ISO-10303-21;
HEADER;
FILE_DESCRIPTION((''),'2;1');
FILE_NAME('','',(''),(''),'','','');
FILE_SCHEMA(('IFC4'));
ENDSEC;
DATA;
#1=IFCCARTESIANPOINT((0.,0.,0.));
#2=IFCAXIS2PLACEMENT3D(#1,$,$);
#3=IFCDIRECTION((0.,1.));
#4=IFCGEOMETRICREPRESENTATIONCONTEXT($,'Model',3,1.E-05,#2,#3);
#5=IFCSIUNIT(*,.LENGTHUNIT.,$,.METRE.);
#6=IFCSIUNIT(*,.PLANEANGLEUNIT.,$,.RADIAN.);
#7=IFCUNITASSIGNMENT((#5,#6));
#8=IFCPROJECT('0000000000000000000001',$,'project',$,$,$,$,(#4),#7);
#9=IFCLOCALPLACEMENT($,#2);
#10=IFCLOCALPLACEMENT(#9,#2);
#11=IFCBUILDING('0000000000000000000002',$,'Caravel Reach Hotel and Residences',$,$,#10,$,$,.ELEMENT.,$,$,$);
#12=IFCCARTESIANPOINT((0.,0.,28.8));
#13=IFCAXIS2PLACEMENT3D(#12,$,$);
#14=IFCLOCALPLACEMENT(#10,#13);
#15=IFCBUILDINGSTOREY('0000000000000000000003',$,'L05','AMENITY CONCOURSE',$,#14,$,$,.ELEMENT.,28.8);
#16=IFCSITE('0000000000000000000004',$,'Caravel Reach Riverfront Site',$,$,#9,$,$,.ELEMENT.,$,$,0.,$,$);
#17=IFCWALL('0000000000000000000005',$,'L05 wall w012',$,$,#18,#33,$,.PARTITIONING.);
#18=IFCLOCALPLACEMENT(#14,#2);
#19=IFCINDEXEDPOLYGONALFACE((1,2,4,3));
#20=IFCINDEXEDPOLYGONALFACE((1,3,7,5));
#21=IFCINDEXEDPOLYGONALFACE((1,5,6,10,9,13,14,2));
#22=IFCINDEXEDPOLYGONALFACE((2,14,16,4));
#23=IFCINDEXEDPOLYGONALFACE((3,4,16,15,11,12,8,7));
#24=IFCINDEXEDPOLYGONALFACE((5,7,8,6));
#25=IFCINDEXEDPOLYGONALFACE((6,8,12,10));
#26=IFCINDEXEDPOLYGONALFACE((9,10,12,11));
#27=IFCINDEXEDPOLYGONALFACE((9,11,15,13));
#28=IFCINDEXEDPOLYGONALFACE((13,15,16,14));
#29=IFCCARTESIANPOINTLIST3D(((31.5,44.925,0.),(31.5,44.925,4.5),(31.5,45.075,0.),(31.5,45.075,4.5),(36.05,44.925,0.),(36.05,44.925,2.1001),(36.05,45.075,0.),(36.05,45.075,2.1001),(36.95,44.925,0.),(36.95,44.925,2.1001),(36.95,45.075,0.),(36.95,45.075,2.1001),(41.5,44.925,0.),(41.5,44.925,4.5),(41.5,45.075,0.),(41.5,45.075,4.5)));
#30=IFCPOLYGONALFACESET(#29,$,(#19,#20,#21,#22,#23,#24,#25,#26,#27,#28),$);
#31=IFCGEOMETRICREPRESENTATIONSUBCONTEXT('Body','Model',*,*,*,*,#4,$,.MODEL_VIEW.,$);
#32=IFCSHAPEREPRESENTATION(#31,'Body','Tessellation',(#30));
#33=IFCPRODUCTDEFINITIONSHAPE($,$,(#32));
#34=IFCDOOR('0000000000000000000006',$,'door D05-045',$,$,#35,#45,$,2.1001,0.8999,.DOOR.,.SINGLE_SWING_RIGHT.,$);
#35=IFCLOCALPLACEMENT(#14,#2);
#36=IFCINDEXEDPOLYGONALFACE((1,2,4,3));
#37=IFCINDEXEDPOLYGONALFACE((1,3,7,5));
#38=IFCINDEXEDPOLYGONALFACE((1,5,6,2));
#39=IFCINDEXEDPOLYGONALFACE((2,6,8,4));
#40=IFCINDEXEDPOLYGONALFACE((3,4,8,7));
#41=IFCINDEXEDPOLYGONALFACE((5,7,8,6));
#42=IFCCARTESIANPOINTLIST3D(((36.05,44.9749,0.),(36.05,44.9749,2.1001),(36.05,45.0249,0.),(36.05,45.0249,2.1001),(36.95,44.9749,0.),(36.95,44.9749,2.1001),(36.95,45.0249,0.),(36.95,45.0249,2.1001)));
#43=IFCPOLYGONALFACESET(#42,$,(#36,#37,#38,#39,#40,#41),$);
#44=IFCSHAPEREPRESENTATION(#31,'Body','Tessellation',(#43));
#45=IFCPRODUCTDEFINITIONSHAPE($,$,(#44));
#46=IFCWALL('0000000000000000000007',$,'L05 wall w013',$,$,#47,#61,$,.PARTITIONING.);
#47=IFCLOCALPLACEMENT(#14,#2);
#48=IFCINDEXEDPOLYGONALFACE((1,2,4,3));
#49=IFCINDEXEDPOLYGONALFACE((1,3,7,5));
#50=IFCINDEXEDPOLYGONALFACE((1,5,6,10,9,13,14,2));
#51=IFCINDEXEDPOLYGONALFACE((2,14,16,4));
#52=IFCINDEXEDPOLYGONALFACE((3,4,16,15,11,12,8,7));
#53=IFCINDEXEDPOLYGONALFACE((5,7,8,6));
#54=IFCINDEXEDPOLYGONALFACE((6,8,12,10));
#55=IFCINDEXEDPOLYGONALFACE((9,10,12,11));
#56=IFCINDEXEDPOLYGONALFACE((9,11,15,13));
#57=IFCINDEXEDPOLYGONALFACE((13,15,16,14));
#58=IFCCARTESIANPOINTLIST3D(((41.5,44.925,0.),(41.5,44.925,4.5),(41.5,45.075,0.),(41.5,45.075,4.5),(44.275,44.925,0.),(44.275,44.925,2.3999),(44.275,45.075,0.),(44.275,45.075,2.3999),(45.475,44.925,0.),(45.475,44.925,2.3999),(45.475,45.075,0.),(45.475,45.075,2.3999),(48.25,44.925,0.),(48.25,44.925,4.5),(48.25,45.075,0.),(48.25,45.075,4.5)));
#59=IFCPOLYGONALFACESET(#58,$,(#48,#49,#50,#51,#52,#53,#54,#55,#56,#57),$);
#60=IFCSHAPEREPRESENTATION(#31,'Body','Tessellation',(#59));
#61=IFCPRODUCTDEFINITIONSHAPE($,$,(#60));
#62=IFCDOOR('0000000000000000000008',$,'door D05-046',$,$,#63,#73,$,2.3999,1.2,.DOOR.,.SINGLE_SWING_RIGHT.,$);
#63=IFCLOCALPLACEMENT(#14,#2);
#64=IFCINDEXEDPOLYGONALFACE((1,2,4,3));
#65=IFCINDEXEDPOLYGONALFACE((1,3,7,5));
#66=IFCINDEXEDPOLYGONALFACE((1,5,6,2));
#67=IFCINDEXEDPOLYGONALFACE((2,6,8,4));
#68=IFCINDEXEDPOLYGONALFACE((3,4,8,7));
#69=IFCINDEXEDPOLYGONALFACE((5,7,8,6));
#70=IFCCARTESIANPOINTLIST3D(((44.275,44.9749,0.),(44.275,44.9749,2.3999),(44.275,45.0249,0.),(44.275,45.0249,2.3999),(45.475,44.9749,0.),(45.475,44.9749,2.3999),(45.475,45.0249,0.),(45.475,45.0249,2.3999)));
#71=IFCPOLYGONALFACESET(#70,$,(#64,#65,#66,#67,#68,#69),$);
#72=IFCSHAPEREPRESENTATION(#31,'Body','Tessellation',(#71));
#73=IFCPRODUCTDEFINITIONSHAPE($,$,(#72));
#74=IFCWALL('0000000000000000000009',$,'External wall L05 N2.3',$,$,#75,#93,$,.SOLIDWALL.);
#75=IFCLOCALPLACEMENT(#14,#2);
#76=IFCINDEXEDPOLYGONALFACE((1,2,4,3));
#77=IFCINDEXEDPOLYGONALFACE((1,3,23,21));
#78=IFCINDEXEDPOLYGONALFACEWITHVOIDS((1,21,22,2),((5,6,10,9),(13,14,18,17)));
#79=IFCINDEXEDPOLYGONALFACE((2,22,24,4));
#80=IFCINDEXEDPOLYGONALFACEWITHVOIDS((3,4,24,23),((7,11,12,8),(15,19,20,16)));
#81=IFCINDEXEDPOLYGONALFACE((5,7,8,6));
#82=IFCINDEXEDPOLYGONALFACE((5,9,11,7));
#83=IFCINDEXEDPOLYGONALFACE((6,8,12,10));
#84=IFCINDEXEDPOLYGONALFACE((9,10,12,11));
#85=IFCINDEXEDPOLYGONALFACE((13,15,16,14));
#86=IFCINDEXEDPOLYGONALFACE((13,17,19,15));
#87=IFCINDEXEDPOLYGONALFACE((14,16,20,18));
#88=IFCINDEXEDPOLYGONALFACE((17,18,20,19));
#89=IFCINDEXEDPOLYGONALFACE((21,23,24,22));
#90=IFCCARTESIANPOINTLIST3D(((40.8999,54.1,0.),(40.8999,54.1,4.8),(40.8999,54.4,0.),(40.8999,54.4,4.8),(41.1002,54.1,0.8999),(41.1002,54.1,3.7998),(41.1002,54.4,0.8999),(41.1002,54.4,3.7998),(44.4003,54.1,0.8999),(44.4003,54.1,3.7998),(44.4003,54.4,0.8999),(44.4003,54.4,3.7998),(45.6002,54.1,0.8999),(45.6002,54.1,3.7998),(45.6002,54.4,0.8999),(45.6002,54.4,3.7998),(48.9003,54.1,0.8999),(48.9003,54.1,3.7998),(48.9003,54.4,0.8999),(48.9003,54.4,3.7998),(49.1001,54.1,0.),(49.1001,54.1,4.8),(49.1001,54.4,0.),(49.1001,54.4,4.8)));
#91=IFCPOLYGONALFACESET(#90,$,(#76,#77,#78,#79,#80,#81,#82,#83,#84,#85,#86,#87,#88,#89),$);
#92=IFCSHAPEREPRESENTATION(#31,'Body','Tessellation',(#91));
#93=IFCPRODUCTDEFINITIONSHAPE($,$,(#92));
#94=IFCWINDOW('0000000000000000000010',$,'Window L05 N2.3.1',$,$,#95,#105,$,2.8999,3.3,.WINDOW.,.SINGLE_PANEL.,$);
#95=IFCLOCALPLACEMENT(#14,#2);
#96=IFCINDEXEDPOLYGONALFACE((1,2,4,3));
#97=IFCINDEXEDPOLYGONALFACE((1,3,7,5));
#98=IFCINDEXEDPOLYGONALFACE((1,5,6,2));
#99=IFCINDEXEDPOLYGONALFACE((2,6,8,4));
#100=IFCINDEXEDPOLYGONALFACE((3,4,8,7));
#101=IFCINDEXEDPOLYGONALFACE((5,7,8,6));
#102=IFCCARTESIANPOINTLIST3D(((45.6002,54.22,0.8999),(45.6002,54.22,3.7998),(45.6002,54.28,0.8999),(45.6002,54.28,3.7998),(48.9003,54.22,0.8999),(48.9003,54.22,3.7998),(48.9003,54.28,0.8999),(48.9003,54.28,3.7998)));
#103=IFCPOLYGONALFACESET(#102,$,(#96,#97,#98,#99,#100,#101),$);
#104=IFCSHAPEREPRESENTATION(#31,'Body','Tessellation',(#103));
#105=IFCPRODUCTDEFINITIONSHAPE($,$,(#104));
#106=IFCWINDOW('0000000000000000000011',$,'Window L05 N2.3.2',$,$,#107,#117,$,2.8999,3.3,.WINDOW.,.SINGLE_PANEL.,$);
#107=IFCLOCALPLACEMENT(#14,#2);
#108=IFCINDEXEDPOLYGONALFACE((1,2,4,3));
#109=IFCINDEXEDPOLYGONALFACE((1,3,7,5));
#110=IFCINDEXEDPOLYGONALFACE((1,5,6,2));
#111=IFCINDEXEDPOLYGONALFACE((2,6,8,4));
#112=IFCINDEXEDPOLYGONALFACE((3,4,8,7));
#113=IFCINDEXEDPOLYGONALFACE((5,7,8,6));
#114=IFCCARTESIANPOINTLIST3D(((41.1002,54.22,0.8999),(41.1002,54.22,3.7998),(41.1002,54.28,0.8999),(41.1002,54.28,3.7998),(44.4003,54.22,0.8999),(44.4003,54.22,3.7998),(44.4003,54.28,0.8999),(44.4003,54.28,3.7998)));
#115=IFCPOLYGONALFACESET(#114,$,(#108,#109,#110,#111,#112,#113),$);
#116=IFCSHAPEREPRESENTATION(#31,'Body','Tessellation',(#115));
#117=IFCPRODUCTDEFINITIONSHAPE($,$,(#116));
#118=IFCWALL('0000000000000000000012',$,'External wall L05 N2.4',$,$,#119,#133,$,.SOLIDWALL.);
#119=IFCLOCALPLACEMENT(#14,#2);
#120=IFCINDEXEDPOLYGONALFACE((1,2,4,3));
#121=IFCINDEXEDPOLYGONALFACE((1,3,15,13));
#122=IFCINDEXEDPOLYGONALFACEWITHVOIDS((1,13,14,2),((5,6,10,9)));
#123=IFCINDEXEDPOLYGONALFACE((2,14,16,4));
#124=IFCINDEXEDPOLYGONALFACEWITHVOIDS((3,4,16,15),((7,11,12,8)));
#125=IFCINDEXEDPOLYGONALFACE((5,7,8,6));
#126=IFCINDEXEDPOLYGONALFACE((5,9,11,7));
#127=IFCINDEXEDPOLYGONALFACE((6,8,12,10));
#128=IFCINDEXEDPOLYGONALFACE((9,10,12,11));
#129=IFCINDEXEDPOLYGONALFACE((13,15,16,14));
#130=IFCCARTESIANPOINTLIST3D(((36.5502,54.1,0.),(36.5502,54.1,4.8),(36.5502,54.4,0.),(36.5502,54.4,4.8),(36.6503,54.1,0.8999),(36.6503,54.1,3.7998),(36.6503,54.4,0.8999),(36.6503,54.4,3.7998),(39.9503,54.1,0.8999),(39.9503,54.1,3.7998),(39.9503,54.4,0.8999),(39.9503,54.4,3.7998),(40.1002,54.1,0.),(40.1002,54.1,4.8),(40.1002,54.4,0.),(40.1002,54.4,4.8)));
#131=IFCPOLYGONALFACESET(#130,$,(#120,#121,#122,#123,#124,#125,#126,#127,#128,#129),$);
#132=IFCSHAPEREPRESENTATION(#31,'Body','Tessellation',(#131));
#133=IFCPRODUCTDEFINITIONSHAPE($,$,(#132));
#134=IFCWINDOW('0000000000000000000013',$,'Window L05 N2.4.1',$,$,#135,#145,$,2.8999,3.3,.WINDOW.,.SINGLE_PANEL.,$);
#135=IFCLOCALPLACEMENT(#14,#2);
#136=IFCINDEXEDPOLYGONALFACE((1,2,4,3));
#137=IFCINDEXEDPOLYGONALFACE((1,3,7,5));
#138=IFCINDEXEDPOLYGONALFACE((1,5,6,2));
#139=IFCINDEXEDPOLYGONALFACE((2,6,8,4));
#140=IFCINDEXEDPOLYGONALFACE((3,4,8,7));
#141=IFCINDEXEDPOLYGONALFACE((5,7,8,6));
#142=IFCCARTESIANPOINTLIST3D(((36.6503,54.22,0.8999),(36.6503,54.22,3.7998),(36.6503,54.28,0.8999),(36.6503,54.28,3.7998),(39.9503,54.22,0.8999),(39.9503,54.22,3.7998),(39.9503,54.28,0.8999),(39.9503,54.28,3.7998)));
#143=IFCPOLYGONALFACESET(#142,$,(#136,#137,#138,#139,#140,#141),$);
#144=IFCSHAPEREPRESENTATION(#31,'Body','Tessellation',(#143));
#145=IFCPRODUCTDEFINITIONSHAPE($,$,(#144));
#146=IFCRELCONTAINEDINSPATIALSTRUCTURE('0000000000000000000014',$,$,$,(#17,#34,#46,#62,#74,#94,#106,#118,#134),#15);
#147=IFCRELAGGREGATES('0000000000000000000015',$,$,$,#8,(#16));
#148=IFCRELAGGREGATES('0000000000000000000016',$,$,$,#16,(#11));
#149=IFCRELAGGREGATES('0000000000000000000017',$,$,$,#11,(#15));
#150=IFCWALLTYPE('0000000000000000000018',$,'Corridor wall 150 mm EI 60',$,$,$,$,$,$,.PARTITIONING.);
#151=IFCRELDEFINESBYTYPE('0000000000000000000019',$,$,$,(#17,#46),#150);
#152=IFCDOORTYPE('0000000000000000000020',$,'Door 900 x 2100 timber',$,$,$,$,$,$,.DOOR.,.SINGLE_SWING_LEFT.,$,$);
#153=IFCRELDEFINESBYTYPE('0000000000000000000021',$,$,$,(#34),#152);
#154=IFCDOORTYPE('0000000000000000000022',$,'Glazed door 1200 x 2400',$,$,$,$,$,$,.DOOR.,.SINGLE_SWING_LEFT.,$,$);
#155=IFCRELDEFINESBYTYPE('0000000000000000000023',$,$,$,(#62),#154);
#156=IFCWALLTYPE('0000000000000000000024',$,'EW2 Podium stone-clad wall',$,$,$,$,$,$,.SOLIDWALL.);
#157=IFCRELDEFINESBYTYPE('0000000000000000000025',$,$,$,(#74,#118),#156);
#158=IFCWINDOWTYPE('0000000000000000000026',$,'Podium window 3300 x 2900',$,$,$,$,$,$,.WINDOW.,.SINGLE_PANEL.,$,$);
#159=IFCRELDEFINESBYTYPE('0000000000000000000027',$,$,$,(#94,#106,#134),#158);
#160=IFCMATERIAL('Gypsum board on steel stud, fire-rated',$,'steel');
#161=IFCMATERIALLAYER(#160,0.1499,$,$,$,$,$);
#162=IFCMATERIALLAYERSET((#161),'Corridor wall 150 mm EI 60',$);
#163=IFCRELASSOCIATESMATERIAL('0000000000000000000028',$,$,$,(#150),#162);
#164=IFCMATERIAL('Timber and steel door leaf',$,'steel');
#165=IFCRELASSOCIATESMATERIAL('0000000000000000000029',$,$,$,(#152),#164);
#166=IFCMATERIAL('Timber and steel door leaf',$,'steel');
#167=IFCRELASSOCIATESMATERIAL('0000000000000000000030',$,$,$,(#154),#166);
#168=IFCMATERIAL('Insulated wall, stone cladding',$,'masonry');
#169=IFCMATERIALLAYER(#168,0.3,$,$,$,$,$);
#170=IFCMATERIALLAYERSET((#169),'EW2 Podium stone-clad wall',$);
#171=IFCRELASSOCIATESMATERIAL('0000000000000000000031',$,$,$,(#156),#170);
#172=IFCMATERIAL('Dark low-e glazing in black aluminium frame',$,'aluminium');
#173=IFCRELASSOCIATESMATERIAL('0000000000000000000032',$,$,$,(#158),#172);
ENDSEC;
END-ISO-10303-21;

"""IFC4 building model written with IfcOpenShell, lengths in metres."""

from ifc_helpers import new_model, si_unit, direction, frame, frame_2d, origin, place, context, subcontext, project, spatial, rectangle, extrude, material, layer, layer_set, type_object, element, fill, save


model = new_model("IFC4")

# Units and contexts
model_context = context("Model", 3, precision=1e-05, world=origin(), true_north=direction((0.0, 1.0)))
body_context = subcontext(model_context, "Body", "Model", "MODEL_VIEW")
ifc_project = project(units=[si_unit("LENGTHUNIT", "METRE"), si_unit("PLANEANGLEUNIT", "RADIAN")], contexts=[model_context])

# Site, building, storey
site_placement = place(None, origin())
site = spatial("IfcSite", under=ifc_project, at=site_placement, Name="Caravel Reach Riverfront Site", CompositionType="ELEMENT", RefElevation=0.0)
building_placement = place(site_placement, origin())
building = spatial("IfcBuilding", under=site, at=building_placement, Name="Caravel Reach Hotel and Residences", CompositionType="ELEMENT")
storey_placement = place(building_placement, frame((0.0, 0.0, 28.8)))
storey = spatial("IfcBuildingStorey", under=building, at=storey_placement, Name="L05", Description="AMENITY CONCOURSE", CompositionType="ELEMENT", Elevation=28.8)

# Walls, openings, doors
ifc_material_1 = material(Name="Gypsum board on steel stud, fire-rated", Category="steel")
ifc_layer_1 = layer(ifc_material_1, 0.1499)
ifc_layer_set_1 = layer_set([ifc_layer_1], Name="Corridor wall 150 mm EI 60")
wall_type_1 = type_object("IfcWallType", Name="Corridor wall 150 mm EI 60", PredefinedType="PARTITIONING", material=ifc_layer_set_1)
wall_1_placement = place(storey_placement, frame((31.5, 45.0, 0.0), z_axis=(0.0, 0.0, 1.0), x_axis=(1.0, 0.0, 0.0)))
wall_1 = element("IfcWall", 1, at=wall_1_placement, inside=storey, type_object=wall_type_1, Name="L05 wall w012", PredefinedType="PARTITIONING", context=body_context, shape_type="SweptSolid", body=[
    extrude(rectangle(XDim=10.0, YDim=0.1499, at=frame_2d((5.0, 0.0))), origin(), (0.0, 0.0, 1.0), 4.5),
])
opening_1_placement = place(wall_1_placement, frame((4.55, 0.0, 0.0)))
opening_1 = element("IfcOpeningElement", 2, at=opening_1_placement, cuts=wall_1, PredefinedType="OPENING", context=body_context, shape_type="SweptSolid", body=[
    extrude(rectangle(XDim=0.8999, YDim=2.1001, at=frame_2d((0.45, 1.05))), frame((0.0, 0.085, 0.0), z_axis=(0.0, -1.0, 0.0), x_axis=(1.0, 0.0, 0.0)), (0.0, 0.0, 1.0), 0.1699),
])
ifc_material_2 = material(Name="Timber and steel door leaf", Category="steel")
door_type_1 = type_object("IfcDoorType", Name="Door 900 x 2100 timber", OperationType="SINGLE_SWING_LEFT", PredefinedType="DOOR", material=ifc_material_2)
door_1_placement = place(opening_1_placement, origin())
door_1 = element("IfcDoor", 3, at=door_1_placement, inside=storey, type_object=door_type_1, Name="door D05-045", OperationType="SINGLE_SWING_RIGHT", OverallHeight=2.1001, OverallWidth=0.8999, PredefinedType="DOOR", context=body_context, shape_type="SweptSolid", body=[
    extrude(rectangle(XDim=0.8999, YDim=2.1001, at=frame_2d((0.45, 1.05))), frame((0.0, 0.0249, 0.0), z_axis=(0.0, -1.0, 0.0), x_axis=(1.0, 0.0, 0.0)), (0.0, 0.0, 1.0), 0.05),
])
fill(opening_1, door_1)
wall_2_placement = place(storey_placement, frame((41.5, 45.0, 0.0), z_axis=(0.0, 0.0, 1.0), x_axis=(1.0, 0.0, 0.0)))
wall_2 = element("IfcWall", 4, at=wall_2_placement, inside=storey, type_object=wall_type_1, Name="L05 wall w013", PredefinedType="PARTITIONING", context=body_context, shape_type="SweptSolid", body=[
    extrude(rectangle(XDim=6.75, YDim=0.1499, at=frame_2d((3.375, 0.0))), origin(), (0.0, 0.0, 1.0), 4.5),
])
opening_2_placement = place(wall_2_placement, frame((2.7749, 0.0, 0.0)))
opening_2 = element("IfcOpeningElement", 5, at=opening_2_placement, cuts=wall_2, PredefinedType="OPENING", context=body_context, shape_type="SweptSolid", body=[
    extrude(rectangle(XDim=1.2, YDim=2.3999, at=frame_2d((0.6001, 1.2))), frame((0.0, 0.085, 0.0), z_axis=(0.0, -1.0, 0.0), x_axis=(1.0, 0.0, 0.0)), (0.0, 0.0, 1.0), 0.1699),
])
ifc_material_3 = material(Name="Timber and steel door leaf", Category="steel")
door_type_2 = type_object("IfcDoorType", Name="Glazed door 1200 x 2400", OperationType="SINGLE_SWING_LEFT", PredefinedType="DOOR", material=ifc_material_3)
door_2_placement = place(opening_2_placement, origin())
door_2 = element("IfcDoor", 6, at=door_2_placement, inside=storey, type_object=door_type_2, Name="door D05-046", OperationType="SINGLE_SWING_RIGHT", OverallHeight=2.3999, OverallWidth=1.2, PredefinedType="DOOR", context=body_context, shape_type="SweptSolid", body=[
    extrude(rectangle(XDim=1.2, YDim=2.3999, at=frame_2d((0.6001, 1.2))), frame((0.0, 0.0249, 0.0), z_axis=(0.0, -1.0, 0.0), x_axis=(1.0, 0.0, 0.0)), (0.0, 0.0, 1.0), 0.05),
])
fill(opening_2, door_2)

# Wall, openings, windows
ifc_material_4 = material(Name="Insulated wall, stone cladding", Category="masonry")
ifc_layer_2 = layer(ifc_material_4, 0.3)
ifc_layer_set_2 = layer_set([ifc_layer_2], Name="EW2 Podium stone-clad wall")
wall_type_2 = type_object("IfcWallType", Name="EW2 Podium stone-clad wall", PredefinedType="SOLIDWALL", material=ifc_layer_set_2)
wall_3_placement = place(storey_placement, frame((49.1001, 54.25, 0.0), z_axis=(0.0, 0.0, 1.0), x_axis=(-1.0, 0.0, 0.0)))
wall_3 = element("IfcWall", 7, at=wall_3_placement, inside=storey, type_object=wall_type_2, Name="External wall L05 N2.3", PredefinedType="SOLIDWALL", context=body_context, shape_type="SweptSolid", body=[
    extrude(rectangle(XDim=8.2002, YDim=0.3, at=frame_2d((4.1001, 0.0))), origin(), (0.0, 0.0, 1.0), 4.8),
])
opening_3_placement = place(wall_3_placement, frame((0.2, 0.0, 0.8999)))
opening_3 = element("IfcOpeningElement", 8, at=opening_3_placement, cuts=wall_3, PredefinedType="OPENING", context=body_context, shape_type="SweptSolid", body=[
    extrude(rectangle(XDim=3.3, YDim=2.8999, at=frame_2d((1.6499, 1.45))), frame((0.0, 0.1599, 0.0), z_axis=(0.0, -1.0, 0.0), x_axis=(1.0, 0.0, 0.0)), (0.0, 0.0, 1.0), 0.3201),
])
opening_4_placement = place(wall_3_placement, frame((4.7, 0.0, 0.8999)))
opening_4 = element("IfcOpeningElement", 9, at=opening_4_placement, cuts=wall_3, PredefinedType="OPENING", context=body_context, shape_type="SweptSolid", body=[
    extrude(rectangle(XDim=3.3, YDim=2.8999, at=frame_2d((1.6499, 1.45))), frame((0.0, 0.1599, 0.0), z_axis=(0.0, -1.0, 0.0), x_axis=(1.0, 0.0, 0.0)), (0.0, 0.0, 1.0), 0.3201),
])
ifc_material_5 = material(Name="Dark low-e glazing in black aluminium frame", Category="aluminium")
window_type = type_object("IfcWindowType", Name="Podium window 3300 x 2900", PartitioningType="SINGLE_PANEL", PredefinedType="WINDOW", material=ifc_material_5)
window_1_placement = place(opening_3_placement, origin())
window_1 = element("IfcWindow", 10, at=window_1_placement, inside=storey, type_object=window_type, Name="Window L05 N2.3.1", OverallHeight=2.8999, OverallWidth=3.3, PartitioningType="SINGLE_PANEL", PredefinedType="WINDOW", context=body_context, shape_type="SweptSolid", body=[
    extrude(rectangle(XDim=3.3, YDim=2.8999, at=frame_2d((1.6499, 1.45))), frame((0.0, 0.03, 0.0), z_axis=(0.0, -1.0, 0.0), x_axis=(1.0, 0.0, 0.0)), (0.0, 0.0, 1.0), 0.0601),
])
fill(opening_3, window_1)
window_2_placement = place(opening_4_placement, origin())
window_2 = element("IfcWindow", 11, at=window_2_placement, inside=storey, type_object=window_type, Name="Window L05 N2.3.2", OverallHeight=2.8999, OverallWidth=3.3, PartitioningType="SINGLE_PANEL", PredefinedType="WINDOW", context=body_context, shape_type="SweptSolid", body=[
    extrude(rectangle(XDim=3.3, YDim=2.8999, at=frame_2d((1.6499, 1.45))), frame((0.0, 0.03, 0.0), z_axis=(0.0, -1.0, 0.0), x_axis=(1.0, 0.0, 0.0)), (0.0, 0.0, 1.0), 0.0601),
])
fill(opening_4, window_2)

# Wall, opening, window
wall_4_placement = place(storey_placement, frame((40.1001, 54.25, 0.0), z_axis=(0.0, 0.0, 1.0), x_axis=(-1.0, 0.0, 0.0)))
wall_4 = element("IfcWall", 12, at=wall_4_placement, inside=storey, type_object=wall_type_2, Name="External wall L05 N2.4", PredefinedType="SOLIDWALL", context=body_context, shape_type="SweptSolid", body=[
    extrude(rectangle(XDim=3.55, YDim=0.3, at=frame_2d((1.7749, 0.0))), origin(), (0.0, 0.0, 1.0), 4.8),
])
opening_5_placement = place(wall_4_placement, frame((0.1499, 0.0, 0.8999)))
opening_5 = element("IfcOpeningElement", 13, at=opening_5_placement, cuts=wall_4, PredefinedType="OPENING", context=body_context, shape_type="SweptSolid", body=[
    extrude(rectangle(XDim=3.3, YDim=2.8999, at=frame_2d((1.6499, 1.45))), frame((0.0, 0.1599, 0.0), z_axis=(0.0, -1.0, 0.0), x_axis=(1.0, 0.0, 0.0)), (0.0, 0.0, 1.0), 0.3201),
])
window_3_placement = place(opening_5_placement, origin())
window_3 = element("IfcWindow", 14, at=window_3_placement, inside=storey, type_object=window_type, Name="Window L05 N2.4.1", OverallHeight=2.8999, OverallWidth=3.3, PartitioningType="SINGLE_PANEL", PredefinedType="WINDOW", context=body_context, shape_type="SweptSolid", body=[
    extrude(rectangle(XDim=3.3, YDim=2.8999, at=frame_2d((1.6499, 1.45))), frame((0.0, 0.03, 0.0), z_axis=(0.0, -1.0, 0.0), x_axis=(1.0, 0.0, 0.0)), (0.0, 0.0, 1.0), 0.0601),
])
fill(opening_5, window_3)

save(model, "model.ifc")
